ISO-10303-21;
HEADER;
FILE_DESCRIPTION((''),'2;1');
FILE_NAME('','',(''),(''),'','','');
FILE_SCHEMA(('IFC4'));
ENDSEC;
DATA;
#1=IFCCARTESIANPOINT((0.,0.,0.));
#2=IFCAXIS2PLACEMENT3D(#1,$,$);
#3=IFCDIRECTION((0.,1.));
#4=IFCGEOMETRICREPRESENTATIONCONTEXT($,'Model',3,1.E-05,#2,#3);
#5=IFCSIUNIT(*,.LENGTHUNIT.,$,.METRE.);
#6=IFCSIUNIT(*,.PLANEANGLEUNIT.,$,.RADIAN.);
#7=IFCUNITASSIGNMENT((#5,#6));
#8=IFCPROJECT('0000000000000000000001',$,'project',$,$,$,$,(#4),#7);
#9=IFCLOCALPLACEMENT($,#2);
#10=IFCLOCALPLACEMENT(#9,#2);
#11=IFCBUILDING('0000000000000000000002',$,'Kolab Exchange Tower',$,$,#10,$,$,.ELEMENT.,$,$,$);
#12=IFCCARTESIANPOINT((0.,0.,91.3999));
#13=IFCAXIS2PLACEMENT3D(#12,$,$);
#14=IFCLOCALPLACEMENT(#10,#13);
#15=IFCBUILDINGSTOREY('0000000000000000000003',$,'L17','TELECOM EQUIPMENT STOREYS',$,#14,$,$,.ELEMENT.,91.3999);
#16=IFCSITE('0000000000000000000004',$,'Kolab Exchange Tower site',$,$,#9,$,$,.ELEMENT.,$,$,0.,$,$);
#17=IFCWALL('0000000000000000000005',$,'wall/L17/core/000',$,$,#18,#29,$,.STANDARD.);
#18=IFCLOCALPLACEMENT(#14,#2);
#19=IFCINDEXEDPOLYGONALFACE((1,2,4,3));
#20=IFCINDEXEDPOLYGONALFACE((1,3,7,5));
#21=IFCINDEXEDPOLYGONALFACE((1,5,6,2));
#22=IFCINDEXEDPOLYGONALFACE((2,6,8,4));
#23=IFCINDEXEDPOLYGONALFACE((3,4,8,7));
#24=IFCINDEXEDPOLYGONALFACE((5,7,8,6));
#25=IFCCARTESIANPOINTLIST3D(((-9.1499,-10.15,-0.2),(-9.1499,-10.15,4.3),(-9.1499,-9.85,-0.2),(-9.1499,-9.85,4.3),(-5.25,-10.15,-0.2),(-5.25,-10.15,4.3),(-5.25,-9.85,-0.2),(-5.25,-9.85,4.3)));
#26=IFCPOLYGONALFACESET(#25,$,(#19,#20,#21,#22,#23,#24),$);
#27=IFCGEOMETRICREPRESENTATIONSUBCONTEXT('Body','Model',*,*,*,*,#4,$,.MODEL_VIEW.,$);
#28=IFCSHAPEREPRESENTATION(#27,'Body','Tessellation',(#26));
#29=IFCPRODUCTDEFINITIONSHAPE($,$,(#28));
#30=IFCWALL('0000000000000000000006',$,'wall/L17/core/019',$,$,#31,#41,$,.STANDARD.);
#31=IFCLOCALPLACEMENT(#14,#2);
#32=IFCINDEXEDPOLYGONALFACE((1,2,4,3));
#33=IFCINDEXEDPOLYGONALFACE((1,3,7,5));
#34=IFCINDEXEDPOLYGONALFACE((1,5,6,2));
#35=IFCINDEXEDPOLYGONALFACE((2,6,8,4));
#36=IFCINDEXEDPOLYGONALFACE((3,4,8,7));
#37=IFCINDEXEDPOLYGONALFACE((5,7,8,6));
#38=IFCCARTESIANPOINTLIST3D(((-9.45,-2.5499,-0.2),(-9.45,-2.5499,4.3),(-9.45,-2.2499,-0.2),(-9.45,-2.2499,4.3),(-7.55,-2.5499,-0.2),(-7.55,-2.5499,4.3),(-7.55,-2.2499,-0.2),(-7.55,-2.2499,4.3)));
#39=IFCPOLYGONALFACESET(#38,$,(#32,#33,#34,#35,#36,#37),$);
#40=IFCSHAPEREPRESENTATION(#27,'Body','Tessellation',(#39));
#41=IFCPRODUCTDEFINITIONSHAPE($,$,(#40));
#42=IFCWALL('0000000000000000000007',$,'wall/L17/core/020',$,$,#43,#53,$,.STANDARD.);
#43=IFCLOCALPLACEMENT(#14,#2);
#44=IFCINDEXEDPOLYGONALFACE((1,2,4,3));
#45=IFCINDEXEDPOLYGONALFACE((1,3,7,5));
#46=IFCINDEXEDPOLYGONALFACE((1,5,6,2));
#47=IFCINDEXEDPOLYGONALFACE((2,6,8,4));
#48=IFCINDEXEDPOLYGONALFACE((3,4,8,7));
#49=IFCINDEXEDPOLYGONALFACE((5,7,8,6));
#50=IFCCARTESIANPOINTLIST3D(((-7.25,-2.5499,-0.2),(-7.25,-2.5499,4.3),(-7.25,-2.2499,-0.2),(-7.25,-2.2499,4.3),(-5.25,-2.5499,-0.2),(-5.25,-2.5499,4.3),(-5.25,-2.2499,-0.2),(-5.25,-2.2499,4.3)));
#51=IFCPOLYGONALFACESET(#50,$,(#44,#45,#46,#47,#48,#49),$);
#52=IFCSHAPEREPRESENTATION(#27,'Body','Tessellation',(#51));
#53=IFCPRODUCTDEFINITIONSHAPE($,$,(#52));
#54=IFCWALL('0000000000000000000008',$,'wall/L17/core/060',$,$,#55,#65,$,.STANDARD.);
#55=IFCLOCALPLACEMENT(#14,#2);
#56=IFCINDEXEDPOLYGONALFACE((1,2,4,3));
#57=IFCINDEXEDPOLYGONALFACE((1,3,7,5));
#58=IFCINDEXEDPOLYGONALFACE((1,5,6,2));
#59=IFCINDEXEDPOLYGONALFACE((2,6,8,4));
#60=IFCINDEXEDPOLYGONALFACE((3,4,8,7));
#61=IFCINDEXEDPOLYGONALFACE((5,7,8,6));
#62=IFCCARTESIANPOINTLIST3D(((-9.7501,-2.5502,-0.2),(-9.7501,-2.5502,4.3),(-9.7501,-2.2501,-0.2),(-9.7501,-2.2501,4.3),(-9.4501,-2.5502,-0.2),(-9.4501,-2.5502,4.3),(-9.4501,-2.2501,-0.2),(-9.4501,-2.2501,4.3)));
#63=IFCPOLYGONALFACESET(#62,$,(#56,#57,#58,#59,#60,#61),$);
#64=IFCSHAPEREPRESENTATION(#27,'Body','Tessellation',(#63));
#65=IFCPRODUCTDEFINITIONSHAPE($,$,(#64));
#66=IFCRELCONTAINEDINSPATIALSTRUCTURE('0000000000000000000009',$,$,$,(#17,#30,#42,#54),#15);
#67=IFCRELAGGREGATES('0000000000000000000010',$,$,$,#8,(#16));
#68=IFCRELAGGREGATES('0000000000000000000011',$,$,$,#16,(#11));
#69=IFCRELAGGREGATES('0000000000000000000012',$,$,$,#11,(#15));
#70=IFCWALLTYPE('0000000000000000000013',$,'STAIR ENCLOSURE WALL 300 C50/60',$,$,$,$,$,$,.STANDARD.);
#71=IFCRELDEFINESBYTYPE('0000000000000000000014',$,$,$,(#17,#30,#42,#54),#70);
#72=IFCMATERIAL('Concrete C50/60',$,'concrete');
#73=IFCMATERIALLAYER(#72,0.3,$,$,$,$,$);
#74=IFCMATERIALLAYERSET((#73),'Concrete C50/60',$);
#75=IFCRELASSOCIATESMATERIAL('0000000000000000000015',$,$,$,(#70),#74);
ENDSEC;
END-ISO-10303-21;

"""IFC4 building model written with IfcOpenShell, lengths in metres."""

from ifc_helpers import new_model, si_unit, direction, frame, frame_2d, origin, place, context, subcontext, project, spatial, rectangle, extrude, material, layer, layer_set, type_object, element, save


model = new_model("IFC4")

# Units and contexts
model_context = context("Model", 3, precision=1e-05, world=origin(), true_north=direction((0.0, 1.0)))
body_context = subcontext(model_context, "Body", "Model", "MODEL_VIEW")
ifc_project = project(units=[si_unit("LENGTHUNIT", "METRE"), si_unit("PLANEANGLEUNIT", "RADIAN")], contexts=[model_context])

# Site, building, storey
site_placement = place(None, origin())
site = spatial("IfcSite", under=ifc_project, at=site_placement, Name="Kolab Exchange Tower site", CompositionType="ELEMENT", RefElevation=0.0)
building_placement = place(site_placement, origin())
building = spatial("IfcBuilding", under=site, at=building_placement, Name="Kolab Exchange Tower", CompositionType="ELEMENT")
storey_placement = place(building_placement, frame((0.0, 0.0, 91.3999)))
storey = spatial("IfcBuildingStorey", under=building, at=storey_placement, Name="L17", Description="TELECOM EQUIPMENT STOREYS", CompositionType="ELEMENT", Elevation=91.3999)

# Shared definitions
ifc_material_1 = material(Name="Concrete C50/60", Category="concrete")

# Walls
ifc_layer_1 = layer(ifc_material_1, 0.3)
ifc_layer_set_1 = layer_set([ifc_layer_1], Name="Concrete C50/60")
wall_type_1 = type_object("IfcWallType", Name="STAIR ENCLOSURE WALL 300 C50/60", PredefinedType="STANDARD", material=ifc_layer_set_1)
wall_1_placement = place(storey_placement, frame((-9.1499, -10.0, -0.2), z_axis=(0.0, 0.0, 1.0), x_axis=(1.0, 0.0, 0.0)))
element("IfcWall", 1, at=wall_1_placement, inside=storey, type_object=wall_type_1, Name="wall/L17/core/000", PredefinedType="STANDARD", context=body_context, shape_type="SweptSolid", body=[
    extrude(rectangle(XDim=3.8999, YDim=0.3, at=frame_2d((1.95, 0.0))), origin(), (0.0, 0.0, 1.0), 4.5),
])
wall_2_placement = place(storey_placement, frame((-9.45, -2.3999, -0.2), z_axis=(0.0, 0.0, 1.0), x_axis=(1.0, 0.0, 0.0)))
element("IfcWall", 2, at=wall_2_placement, inside=storey, type_object=wall_type_1, Name="wall/L17/core/019", PredefinedType="STANDARD", context=body_context, shape_type="SweptSolid", body=[
    extrude(rectangle(XDim=1.8999, YDim=0.3, at=frame_2d((0.95, 0.0))), origin(), (0.0, 0.0, 1.0), 4.5),
])
wall_3_placement = place(storey_placement, frame((-7.25, -2.3999, -0.2), z_axis=(0.0, 0.0, 1.0), x_axis=(1.0, 0.0, 0.0)))
element("IfcWall", 3, at=wall_3_placement, inside=storey, type_object=wall_type_1, Name="wall/L17/core/020", PredefinedType="STANDARD", context=body_context, shape_type="SweptSolid", body=[
    extrude(rectangle(XDim=2.0, YDim=0.3, at=frame_2d((1.0, 0.0))), origin(), (0.0, 0.0, 1.0), 4.5),
])
wall_4_placement = place(storey_placement, frame((-9.6001, -2.55, -0.2), z_axis=(0.0, 0.0, 1.0), x_axis=(0.0, 1.0, 0.0)))
element("IfcWall", 4, at=wall_4_placement, inside=storey, type_object=wall_type_1, Name="wall/L17/core/060", PredefinedType="STANDARD", context=body_context, shape_type="SweptSolid", body=[
    extrude(rectangle(XDim=0.3, YDim=0.3, at=frame_2d((0.1499, 0.0))), origin(), (0.0, 0.0, 1.0), 4.5),
])

save(model, "model.ifc")
